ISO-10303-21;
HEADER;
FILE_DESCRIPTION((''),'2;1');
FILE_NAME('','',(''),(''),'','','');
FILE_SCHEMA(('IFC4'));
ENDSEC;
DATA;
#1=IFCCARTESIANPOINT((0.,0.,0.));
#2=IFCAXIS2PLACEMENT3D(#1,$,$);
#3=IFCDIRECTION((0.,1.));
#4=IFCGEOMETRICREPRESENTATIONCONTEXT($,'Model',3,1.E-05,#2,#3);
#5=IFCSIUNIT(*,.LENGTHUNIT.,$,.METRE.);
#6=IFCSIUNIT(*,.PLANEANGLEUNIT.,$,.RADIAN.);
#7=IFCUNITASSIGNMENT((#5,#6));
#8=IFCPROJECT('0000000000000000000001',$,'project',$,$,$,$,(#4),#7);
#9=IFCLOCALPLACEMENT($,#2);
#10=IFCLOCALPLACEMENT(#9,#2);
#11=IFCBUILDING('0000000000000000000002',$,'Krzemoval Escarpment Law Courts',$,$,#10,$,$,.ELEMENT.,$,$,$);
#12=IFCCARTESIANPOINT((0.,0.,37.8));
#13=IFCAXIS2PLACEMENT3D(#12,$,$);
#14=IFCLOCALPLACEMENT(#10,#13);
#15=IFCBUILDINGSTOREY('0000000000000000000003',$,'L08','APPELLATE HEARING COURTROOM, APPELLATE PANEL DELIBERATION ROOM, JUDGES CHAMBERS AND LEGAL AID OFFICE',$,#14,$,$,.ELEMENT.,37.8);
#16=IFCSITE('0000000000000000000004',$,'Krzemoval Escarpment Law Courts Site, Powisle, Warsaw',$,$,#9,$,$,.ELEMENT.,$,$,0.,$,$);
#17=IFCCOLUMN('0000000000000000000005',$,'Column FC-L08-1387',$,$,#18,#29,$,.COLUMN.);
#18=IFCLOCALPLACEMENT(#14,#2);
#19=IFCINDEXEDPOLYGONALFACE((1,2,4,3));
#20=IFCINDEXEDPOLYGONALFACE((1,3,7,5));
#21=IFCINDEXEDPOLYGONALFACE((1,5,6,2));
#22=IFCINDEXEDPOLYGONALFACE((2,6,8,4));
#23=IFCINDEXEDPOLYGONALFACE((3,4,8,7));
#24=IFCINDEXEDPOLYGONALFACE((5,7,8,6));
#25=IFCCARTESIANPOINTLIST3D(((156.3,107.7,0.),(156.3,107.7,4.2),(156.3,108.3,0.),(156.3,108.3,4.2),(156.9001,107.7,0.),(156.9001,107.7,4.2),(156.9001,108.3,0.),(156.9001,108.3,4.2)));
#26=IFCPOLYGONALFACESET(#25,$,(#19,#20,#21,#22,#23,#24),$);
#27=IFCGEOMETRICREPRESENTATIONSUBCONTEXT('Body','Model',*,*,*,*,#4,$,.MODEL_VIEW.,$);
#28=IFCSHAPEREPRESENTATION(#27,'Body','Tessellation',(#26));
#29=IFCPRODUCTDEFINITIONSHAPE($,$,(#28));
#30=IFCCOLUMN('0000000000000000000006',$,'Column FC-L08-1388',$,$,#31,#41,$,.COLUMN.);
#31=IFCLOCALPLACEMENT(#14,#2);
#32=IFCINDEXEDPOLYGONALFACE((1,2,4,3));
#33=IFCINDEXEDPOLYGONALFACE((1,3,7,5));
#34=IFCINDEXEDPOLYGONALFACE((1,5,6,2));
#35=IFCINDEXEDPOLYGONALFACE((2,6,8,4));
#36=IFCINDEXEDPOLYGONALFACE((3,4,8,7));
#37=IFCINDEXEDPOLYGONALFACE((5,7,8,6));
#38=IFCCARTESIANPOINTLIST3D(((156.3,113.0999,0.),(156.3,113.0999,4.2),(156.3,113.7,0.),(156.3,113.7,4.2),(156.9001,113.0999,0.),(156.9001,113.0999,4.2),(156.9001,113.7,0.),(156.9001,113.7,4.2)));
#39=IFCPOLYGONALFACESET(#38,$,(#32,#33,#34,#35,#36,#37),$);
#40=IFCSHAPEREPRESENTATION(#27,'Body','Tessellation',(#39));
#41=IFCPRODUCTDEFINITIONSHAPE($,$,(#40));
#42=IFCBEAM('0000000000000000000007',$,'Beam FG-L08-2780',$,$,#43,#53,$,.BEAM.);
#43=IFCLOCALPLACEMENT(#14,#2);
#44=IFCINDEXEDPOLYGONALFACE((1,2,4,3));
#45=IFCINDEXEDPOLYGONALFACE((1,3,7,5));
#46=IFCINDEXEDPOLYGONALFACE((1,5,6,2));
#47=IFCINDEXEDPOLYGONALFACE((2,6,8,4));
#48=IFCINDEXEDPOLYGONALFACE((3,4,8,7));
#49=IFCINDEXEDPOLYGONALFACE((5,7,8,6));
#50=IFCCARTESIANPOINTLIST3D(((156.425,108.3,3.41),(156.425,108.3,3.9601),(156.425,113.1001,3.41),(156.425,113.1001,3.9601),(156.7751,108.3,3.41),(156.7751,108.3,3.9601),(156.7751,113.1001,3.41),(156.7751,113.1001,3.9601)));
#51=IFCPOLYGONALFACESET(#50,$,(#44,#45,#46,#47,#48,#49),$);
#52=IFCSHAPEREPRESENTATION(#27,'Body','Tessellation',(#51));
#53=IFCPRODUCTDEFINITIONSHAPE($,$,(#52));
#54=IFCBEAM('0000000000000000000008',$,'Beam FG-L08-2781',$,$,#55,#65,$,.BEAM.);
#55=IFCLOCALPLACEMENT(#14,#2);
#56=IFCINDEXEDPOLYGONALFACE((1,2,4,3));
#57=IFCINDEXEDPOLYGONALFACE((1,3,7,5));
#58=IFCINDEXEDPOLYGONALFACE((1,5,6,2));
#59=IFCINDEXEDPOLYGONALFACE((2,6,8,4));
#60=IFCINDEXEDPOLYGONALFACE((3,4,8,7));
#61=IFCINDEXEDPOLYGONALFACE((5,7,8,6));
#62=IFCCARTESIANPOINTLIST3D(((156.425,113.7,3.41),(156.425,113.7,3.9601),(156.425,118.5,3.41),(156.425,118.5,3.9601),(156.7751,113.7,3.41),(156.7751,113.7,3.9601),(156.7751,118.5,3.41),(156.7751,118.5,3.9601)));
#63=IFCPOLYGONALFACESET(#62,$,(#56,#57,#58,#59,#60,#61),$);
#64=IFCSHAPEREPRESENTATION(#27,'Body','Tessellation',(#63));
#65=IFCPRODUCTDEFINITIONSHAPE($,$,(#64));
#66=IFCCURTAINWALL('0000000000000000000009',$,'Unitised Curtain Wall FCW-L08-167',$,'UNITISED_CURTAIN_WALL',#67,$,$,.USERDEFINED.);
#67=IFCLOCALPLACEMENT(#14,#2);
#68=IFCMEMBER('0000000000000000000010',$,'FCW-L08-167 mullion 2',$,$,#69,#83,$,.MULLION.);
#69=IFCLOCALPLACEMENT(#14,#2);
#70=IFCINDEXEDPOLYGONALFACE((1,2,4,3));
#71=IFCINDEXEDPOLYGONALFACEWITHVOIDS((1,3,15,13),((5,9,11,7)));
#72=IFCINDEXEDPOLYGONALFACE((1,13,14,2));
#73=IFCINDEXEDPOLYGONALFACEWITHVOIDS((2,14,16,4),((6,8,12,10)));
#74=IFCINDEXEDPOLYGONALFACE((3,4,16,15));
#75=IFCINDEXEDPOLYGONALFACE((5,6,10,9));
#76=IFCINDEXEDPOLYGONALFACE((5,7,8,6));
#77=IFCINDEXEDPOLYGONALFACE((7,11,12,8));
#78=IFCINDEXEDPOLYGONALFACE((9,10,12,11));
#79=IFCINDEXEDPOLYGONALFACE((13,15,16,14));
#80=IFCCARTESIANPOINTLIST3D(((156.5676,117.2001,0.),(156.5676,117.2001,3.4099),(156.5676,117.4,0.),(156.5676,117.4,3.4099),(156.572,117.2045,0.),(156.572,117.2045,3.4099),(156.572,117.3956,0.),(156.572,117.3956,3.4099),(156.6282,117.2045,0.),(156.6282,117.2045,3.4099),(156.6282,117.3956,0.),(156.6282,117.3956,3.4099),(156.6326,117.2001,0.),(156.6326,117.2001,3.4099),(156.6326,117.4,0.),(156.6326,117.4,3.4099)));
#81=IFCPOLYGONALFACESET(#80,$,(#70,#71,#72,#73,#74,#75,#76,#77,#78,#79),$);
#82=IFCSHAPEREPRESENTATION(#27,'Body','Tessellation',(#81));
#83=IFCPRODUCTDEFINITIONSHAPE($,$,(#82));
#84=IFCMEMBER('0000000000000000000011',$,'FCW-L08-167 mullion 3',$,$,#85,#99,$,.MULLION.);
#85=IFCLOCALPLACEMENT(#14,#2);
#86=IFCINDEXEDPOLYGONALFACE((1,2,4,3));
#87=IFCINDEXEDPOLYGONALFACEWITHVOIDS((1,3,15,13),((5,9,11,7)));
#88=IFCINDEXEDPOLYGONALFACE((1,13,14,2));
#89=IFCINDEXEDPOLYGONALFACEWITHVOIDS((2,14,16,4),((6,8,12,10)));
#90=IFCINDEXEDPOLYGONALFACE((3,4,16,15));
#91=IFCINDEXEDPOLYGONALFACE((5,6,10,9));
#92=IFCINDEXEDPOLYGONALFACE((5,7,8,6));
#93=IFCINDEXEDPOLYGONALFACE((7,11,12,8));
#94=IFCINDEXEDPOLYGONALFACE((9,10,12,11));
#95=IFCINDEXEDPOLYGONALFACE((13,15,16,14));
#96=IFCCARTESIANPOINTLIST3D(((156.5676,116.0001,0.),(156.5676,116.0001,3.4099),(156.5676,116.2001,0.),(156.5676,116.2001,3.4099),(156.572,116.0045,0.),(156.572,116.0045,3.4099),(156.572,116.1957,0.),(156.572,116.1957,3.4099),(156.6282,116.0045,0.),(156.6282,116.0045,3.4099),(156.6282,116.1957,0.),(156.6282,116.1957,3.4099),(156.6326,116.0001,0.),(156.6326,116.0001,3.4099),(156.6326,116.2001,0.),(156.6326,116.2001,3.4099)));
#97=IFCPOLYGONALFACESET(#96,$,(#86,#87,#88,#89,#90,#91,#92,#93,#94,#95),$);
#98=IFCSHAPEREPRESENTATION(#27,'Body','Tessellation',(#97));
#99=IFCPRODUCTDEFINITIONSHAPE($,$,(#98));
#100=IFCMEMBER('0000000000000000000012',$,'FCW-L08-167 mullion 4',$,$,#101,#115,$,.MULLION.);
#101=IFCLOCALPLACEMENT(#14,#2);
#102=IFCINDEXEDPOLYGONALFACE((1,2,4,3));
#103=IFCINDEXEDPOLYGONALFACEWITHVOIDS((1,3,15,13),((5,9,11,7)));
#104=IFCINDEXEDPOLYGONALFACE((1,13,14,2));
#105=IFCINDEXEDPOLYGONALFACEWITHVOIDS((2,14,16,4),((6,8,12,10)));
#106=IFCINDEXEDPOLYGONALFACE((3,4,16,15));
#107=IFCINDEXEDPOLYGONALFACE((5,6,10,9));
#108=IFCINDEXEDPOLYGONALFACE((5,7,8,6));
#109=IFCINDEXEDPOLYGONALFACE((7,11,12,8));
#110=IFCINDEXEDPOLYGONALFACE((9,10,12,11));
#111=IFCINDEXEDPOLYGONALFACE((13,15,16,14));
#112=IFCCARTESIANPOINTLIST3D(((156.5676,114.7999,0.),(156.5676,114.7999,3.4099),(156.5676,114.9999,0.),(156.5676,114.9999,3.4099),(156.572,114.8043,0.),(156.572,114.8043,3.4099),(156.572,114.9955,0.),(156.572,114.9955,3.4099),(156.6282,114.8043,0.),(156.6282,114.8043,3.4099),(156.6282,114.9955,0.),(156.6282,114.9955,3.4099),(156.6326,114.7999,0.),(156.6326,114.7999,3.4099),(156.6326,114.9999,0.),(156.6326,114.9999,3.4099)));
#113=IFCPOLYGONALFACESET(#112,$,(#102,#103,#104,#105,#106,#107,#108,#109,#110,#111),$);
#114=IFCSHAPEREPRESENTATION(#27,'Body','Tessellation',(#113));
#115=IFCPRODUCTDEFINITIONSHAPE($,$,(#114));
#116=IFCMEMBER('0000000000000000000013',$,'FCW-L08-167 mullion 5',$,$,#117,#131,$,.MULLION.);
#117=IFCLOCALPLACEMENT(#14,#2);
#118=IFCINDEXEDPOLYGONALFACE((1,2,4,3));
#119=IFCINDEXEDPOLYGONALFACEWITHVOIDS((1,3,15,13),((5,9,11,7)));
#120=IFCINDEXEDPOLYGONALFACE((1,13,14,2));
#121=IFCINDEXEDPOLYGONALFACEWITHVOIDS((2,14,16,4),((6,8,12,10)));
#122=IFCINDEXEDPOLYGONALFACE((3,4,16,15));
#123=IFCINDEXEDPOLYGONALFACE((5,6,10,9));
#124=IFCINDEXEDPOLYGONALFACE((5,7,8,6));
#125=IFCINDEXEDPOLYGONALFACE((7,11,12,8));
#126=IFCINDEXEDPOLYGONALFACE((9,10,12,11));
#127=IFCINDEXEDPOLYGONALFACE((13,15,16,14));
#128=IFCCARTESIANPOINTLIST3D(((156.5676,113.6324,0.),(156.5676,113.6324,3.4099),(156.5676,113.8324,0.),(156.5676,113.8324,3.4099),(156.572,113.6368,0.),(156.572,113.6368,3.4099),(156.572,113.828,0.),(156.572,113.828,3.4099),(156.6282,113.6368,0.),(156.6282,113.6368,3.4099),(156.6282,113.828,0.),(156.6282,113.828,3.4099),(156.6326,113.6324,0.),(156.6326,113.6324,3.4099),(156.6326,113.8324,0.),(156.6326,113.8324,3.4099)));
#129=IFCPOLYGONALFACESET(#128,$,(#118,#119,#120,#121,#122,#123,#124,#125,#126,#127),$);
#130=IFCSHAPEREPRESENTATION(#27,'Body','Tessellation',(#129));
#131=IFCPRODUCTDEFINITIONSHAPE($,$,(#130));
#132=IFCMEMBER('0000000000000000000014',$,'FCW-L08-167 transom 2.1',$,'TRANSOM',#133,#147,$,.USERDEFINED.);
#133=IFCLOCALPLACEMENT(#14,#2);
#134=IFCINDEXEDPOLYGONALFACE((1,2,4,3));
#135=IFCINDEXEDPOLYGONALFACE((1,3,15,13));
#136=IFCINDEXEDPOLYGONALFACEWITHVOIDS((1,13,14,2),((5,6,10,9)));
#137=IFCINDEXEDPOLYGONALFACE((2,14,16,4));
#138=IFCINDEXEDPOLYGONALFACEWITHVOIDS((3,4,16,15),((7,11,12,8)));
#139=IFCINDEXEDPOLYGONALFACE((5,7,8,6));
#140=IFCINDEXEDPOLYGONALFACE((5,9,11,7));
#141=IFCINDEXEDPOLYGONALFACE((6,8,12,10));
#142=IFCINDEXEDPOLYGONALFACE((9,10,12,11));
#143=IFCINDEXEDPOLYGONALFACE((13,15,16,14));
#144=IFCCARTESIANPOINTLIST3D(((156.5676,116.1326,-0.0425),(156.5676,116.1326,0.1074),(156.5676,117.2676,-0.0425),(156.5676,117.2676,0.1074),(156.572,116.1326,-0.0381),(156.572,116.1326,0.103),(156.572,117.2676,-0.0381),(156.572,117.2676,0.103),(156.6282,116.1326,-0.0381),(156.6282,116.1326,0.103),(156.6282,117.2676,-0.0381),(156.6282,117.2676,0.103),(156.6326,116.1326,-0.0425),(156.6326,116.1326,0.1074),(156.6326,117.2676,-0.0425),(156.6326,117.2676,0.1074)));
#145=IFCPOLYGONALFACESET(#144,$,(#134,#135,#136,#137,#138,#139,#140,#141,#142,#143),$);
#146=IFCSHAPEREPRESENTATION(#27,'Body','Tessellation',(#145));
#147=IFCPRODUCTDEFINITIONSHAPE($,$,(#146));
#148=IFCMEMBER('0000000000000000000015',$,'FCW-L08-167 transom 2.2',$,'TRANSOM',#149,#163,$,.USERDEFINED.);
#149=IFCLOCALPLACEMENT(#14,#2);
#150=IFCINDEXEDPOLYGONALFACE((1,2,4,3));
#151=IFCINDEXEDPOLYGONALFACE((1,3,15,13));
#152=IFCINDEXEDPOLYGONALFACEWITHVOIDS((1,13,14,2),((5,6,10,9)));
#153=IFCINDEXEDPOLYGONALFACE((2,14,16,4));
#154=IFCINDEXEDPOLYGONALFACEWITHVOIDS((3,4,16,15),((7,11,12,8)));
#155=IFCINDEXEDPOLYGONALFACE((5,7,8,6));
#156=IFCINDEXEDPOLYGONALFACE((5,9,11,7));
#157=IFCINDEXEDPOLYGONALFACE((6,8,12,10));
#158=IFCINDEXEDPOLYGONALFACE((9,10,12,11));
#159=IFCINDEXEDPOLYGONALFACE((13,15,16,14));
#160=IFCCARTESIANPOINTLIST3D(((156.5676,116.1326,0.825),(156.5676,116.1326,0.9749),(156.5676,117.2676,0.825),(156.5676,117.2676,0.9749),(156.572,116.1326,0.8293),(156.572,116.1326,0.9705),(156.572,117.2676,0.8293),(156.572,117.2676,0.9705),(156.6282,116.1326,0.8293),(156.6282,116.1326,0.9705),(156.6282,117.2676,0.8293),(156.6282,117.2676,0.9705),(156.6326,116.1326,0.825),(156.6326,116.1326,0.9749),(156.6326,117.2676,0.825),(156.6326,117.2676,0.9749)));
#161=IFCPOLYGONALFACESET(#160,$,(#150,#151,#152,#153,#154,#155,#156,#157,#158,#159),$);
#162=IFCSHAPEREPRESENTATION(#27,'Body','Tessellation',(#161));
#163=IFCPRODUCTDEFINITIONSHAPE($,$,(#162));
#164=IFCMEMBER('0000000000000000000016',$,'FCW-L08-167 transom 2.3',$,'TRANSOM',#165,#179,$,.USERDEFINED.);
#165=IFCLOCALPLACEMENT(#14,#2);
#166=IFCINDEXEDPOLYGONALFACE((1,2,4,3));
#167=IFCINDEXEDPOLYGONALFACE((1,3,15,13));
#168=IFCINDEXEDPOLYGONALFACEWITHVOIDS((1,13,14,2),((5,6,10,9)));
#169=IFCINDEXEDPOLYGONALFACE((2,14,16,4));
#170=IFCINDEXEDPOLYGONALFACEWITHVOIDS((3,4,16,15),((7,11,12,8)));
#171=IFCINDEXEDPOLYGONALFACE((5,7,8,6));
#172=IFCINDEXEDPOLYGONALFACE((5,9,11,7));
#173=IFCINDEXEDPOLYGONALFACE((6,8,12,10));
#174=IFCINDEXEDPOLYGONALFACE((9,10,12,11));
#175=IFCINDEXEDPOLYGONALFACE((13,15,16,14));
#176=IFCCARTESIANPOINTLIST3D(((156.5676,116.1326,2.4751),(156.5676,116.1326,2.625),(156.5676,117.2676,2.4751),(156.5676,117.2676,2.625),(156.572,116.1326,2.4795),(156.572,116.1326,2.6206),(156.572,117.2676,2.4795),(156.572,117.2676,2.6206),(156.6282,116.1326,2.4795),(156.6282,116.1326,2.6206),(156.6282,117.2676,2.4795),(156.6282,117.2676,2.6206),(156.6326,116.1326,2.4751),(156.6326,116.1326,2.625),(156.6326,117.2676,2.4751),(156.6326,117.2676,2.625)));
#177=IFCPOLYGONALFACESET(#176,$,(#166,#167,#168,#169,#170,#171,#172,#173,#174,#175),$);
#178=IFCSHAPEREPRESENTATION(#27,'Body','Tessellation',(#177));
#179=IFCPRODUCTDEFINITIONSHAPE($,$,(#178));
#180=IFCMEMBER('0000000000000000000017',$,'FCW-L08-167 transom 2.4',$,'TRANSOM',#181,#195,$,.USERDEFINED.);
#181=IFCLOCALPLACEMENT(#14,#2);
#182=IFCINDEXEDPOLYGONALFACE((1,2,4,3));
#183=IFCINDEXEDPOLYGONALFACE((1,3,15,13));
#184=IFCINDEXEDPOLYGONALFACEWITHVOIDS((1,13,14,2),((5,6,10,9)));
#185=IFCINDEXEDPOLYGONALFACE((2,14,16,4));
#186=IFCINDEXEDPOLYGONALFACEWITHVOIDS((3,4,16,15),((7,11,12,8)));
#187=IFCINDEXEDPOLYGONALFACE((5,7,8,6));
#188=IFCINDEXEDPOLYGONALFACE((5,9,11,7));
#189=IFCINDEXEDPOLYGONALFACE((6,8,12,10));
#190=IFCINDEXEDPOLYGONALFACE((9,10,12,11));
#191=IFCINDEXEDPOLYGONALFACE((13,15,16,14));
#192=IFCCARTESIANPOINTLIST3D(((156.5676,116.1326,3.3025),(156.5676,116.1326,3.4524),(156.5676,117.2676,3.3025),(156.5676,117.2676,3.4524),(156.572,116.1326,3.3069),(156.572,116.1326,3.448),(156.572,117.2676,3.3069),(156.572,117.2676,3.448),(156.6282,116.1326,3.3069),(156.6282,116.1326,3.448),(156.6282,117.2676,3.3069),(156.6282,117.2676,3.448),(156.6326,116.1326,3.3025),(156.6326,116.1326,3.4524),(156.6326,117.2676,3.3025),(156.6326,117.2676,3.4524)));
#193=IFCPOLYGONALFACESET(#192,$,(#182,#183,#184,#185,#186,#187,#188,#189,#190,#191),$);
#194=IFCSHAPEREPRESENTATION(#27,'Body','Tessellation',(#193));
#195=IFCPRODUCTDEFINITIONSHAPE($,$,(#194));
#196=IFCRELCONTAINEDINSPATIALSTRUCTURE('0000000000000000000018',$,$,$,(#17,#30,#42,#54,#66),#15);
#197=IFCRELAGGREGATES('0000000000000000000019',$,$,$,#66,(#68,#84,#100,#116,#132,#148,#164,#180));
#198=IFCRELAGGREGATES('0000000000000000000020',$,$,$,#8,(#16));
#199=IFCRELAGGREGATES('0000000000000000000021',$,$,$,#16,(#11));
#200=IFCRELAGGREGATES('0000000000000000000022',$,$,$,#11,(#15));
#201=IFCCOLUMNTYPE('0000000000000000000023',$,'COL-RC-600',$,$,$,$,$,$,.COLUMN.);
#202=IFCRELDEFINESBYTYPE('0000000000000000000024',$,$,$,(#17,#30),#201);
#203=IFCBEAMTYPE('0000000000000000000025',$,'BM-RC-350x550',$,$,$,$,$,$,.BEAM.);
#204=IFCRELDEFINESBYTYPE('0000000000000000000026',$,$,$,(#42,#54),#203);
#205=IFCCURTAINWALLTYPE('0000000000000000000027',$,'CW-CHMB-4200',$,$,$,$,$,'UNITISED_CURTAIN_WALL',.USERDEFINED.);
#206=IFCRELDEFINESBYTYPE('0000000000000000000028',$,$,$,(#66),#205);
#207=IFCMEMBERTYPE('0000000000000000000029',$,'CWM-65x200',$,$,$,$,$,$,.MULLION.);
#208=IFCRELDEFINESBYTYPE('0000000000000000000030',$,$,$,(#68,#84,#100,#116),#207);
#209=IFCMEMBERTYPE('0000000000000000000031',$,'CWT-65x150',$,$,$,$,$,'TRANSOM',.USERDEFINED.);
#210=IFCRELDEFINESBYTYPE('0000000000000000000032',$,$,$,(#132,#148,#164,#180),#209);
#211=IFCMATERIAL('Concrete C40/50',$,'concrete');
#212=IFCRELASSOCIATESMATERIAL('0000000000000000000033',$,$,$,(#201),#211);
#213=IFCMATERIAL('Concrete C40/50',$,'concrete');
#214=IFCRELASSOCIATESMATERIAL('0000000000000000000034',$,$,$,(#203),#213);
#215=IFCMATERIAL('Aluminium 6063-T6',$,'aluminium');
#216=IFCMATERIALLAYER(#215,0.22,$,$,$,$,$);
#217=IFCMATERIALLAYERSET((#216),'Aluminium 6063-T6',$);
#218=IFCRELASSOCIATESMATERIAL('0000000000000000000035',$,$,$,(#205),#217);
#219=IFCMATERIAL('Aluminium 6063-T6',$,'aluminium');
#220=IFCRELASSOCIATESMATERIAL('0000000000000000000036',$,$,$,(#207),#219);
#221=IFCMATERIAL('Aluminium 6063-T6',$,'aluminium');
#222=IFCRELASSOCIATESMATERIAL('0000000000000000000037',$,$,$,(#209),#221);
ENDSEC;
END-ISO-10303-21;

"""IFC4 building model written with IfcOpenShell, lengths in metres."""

from ifc_helpers import new_model, si_unit, direction, frame, origin, origin_2d, place, context, subcontext, project, spatial, rectangle, hollow_rectangle, extrude, material, layer, layer_set, material_profile, profile_set, type_object, element, aggregate, save


model = new_model("IFC4")

# Units and contexts
model_context = context("Model", 3, precision=1e-05, world=origin(), true_north=direction((0.0, 1.0)))
body_context = subcontext(model_context, "Body", "Model", "MODEL_VIEW")
ifc_project = project(units=[si_unit("LENGTHUNIT", "METRE"), si_unit("PLANEANGLEUNIT", "RADIAN")], contexts=[model_context])

# Site, building, storey
site_placement = place(None, origin())
site = spatial("IfcSite", under=ifc_project, at=site_placement, Name="Krzemoval Escarpment Law Courts Site, Powisle, Warsaw", CompositionType="ELEMENT", RefElevation=0.0)
building_placement = place(site_placement, origin())
building = spatial("IfcBuilding", under=site, at=building_placement, Name="Krzemoval Escarpment Law Courts", CompositionType="ELEMENT")
storey_placement = place(building_placement, frame((0.0, 0.0, 37.8)))
storey = spatial("IfcBuildingStorey", under=building, at=storey_placement, Name="L08", Description="APPELLATE HEARING COURTROOM, APPELLATE PANEL DELIBERATION ROOM, JUDGES CHAMBERS AND LEGAL AID OFFICE", CompositionType="ELEMENT", Elevation=37.8)

# Columns
ifc_material_1 = material(Name="Concrete C40/50", Category="concrete")
ifc_material_profile_1 = material_profile(ifc_material_1, rectangle(XDim=0.6001, YDim=0.6001, at=origin_2d()), Name="RC 600x600")
ifc_profile_set_1 = profile_set([ifc_material_profile_1], Name="Concrete C40/50")
column_type = type_object("IfcColumnType", Name="COL-RC-600", PredefinedType="COLUMN", material=ifc_profile_set_1)
for number, where, z_axis, x_axis, name in (
    (1, (156.6001, 108.0, 0.0), (0.0, 0.0, 1.0), (1.0, 0.0, 0.0), "Column FC-L08-1387"),
    (2, (156.6001, 113.3999, 0.0), (0.0, 0.0, 1.0), (1.0, 0.0, 0.0), "Column FC-L08-1388"),
):
    element("IfcColumn", number, at=place(storey_placement, frame(where, z_axis=z_axis, x_axis=x_axis)), inside=storey, type_object=column_type, Name=name, PredefinedType="COLUMN", context=body_context, shape_type="SweptSolid", body=[
        extrude(rectangle(XDim=0.6001, YDim=0.6001, at=origin_2d()), origin(), (0.0, 0.0, 1.0), 4.2),
    ])

# Beams
ifc_material_2 = material(Name="Concrete C40/50", Category="concrete")
ifc_material_profile_2 = material_profile(ifc_material_2, rectangle(XDim=0.3501, YDim=0.55, at=origin_2d()), Name="RCB 350x550")
ifc_profile_set_2 = profile_set([ifc_material_profile_2], Name="Concrete C40/50")
beam_type = type_object("IfcBeamType", Name="BM-RC-350x550", PredefinedType="BEAM", material=ifc_profile_set_2)
for number, where, z_axis, x_axis, name in (
    (3, (156.6001, 108.3, 3.6851), (0.0, 1.0, 0.0), (-1.0, 0.0, 0.0), "Beam FG-L08-2780"),
    (4, (156.6001, 113.7, 3.6851), (0.0, 1.0, 0.0), (-1.0, 0.0, 0.0), "Beam FG-L08-2781"),
):
    element("IfcBeam", number, at=place(storey_placement, frame(where, z_axis=z_axis, x_axis=x_axis)), inside=storey, type_object=beam_type, Name=name, PredefinedType="BEAM", context=body_context, shape_type="SweptSolid", body=[
        extrude(rectangle(XDim=0.3501, YDim=0.55, at=origin_2d()), origin(), (0.0, 0.0, 1.0), 4.8),
    ])

# Curtain wall, members
ifc_material_3 = material(Name="Aluminium 6063-T6", Category="aluminium")
ifc_layer_1 = layer(ifc_material_3, 0.22)
ifc_layer_set_1 = layer_set([ifc_layer_1], Name="Aluminium 6063-T6")
curtain_wall_type = type_object("IfcCurtainWallType", Name="CW-CHMB-4200", ElementType="UNITISED_CURTAIN_WALL", PredefinedType="USERDEFINED", material=ifc_layer_set_1)
curtain_wall_placement = place(storey_placement, origin())
curtain_wall = element("IfcCurtainWall", 5, at=curtain_wall_placement, inside=storey, type_object=curtain_wall_type, Name="Unitised Curtain Wall FCW-L08-167", ObjectType="UNITISED_CURTAIN_WALL", PredefinedType="USERDEFINED")
ifc_material_4 = material(Name="Aluminium 6063-T6", Category="aluminium")
ifc_material_profile_3 = material_profile(ifc_material_4, hollow_rectangle(XDim=0.0649, YDim=0.2, WallThickness=0.0044, at=origin_2d()), Name="ALU M65x200")
ifc_profile_set_3 = profile_set([ifc_material_profile_3], Name="Aluminium 6063-T6")
member_type_1 = type_object("IfcMemberType", Name="CWM-65x200", PredefinedType="MULLION", material=ifc_profile_set_3)
member_1_placement = place(storey_placement, frame((156.6001, 117.3, 0.0), z_axis=(0.0, 0.0, 1.0), x_axis=(1.0, 0.0, 0.0)))
member_1 = element("IfcMember", 6, at=member_1_placement, type_object=member_type_1, Name="FCW-L08-167 mullion 2", PredefinedType="MULLION", context=body_context, shape_type="SweptSolid", body=[
    extrude(hollow_rectangle(XDim=0.0649, YDim=0.2, WallThickness=0.0044, at=origin_2d()), origin(), (0.0, 0.0, 1.0), 3.4099),
])
member_2_placement = place(storey_placement, frame((156.6001, 116.1001, 0.0), z_axis=(0.0, 0.0, 1.0), x_axis=(1.0, 0.0, 0.0)))
member_2 = element("IfcMember", 7, at=member_2_placement, type_object=member_type_1, Name="FCW-L08-167 mullion 3", PredefinedType="MULLION", context=body_context, shape_type="SweptSolid", body=[
    extrude(hollow_rectangle(XDim=0.0649, YDim=0.2, WallThickness=0.0044, at=origin_2d()), origin(), (0.0, 0.0, 1.0), 3.4099),
])
member_3_placement = place(storey_placement, frame((156.6001, 114.8999, 0.0), z_axis=(0.0, 0.0, 1.0), x_axis=(1.0, 0.0, 0.0)))
member_3 = element("IfcMember", 8, at=member_3_placement, type_object=member_type_1, Name="FCW-L08-167 mullion 4", PredefinedType="MULLION", context=body_context, shape_type="SweptSolid", body=[
    extrude(hollow_rectangle(XDim=0.0649, YDim=0.2, WallThickness=0.0044, at=origin_2d()), origin(), (0.0, 0.0, 1.0), 3.4099),
])
member_4_placement = place(storey_placement, frame((156.6001, 113.7324, 0.0), z_axis=(0.0, 0.0, 1.0), x_axis=(1.0, 0.0, 0.0)))
member_4 = element("IfcMember", 9, at=member_4_placement, type_object=member_type_1, Name="FCW-L08-167 mullion 5", PredefinedType="MULLION", context=body_context, shape_type="SweptSolid", body=[
    extrude(hollow_rectangle(XDim=0.0649, YDim=0.2, WallThickness=0.0044, at=origin_2d()), origin(), (0.0, 0.0, 1.0), 3.4099),
])
ifc_material_5 = material(Name="Aluminium 6063-T6", Category="aluminium")
ifc_material_profile_4 = material_profile(ifc_material_5, hollow_rectangle(XDim=0.0649, YDim=0.1499, WallThickness=0.0044, at=origin_2d()), Name="ALU T65x150")
ifc_profile_set_4 = profile_set([ifc_material_profile_4], Name="Aluminium 6063-T6")
member_type_2 = type_object("IfcMemberType", Name="CWT-65x150", ElementType="TRANSOM", PredefinedType="USERDEFINED", material=ifc_profile_set_4)
member_5_placement = place(storey_placement, frame((156.6001, 117.2676, 0.0325), z_axis=(0.0, -1.0, 0.0), x_axis=(1.0, 0.0, 0.0)))
member_5 = element("IfcMember", 10, at=member_5_placement, type_object=member_type_2, Name="FCW-L08-167 transom 2.1", ObjectType="TRANSOM", PredefinedType="USERDEFINED", context=body_context, shape_type="SweptSolid", body=[
    extrude(hollow_rectangle(XDim=0.0649, YDim=0.1499, WallThickness=0.0044, at=origin_2d()), origin(), (0.0, 0.0, 1.0), 1.135),
])
member_6_placement = place(storey_placement, frame((156.6001, 117.2676, 0.8999), z_axis=(0.0, -1.0, 0.0), x_axis=(1.0, 0.0, 0.0)))
member_6 = element("IfcMember", 11, at=member_6_placement, type_object=member_type_2, Name="FCW-L08-167 transom 2.2", ObjectType="TRANSOM", PredefinedType="USERDEFINED", context=body_context, shape_type="SweptSolid", body=[
    extrude(hollow_rectangle(XDim=0.0649, YDim=0.1499, WallThickness=0.0044, at=origin_2d()), origin(), (0.0, 0.0, 1.0), 1.135),
])
member_7_placement = place(storey_placement, frame((156.6001, 117.2676, 2.55), z_axis=(0.0, -1.0, 0.0), x_axis=(1.0, 0.0, 0.0)))
member_7 = element("IfcMember", 12, at=member_7_placement, type_object=member_type_2, Name="FCW-L08-167 transom 2.3", ObjectType="TRANSOM", PredefinedType="USERDEFINED", context=body_context, shape_type="SweptSolid", body=[
    extrude(hollow_rectangle(XDim=0.0649, YDim=0.1499, WallThickness=0.0044, at=origin_2d()), origin(), (0.0, 0.0, 1.0), 1.135),
])
member_8_placement = place(storey_placement, frame((156.6001, 117.2676, 3.3774), z_axis=(0.0, -1.0, 0.0), x_axis=(1.0, 0.0, 0.0)))
member_8 = element("IfcMember", 13, at=member_8_placement, type_object=member_type_2, Name="FCW-L08-167 transom 2.4", ObjectType="TRANSOM", PredefinedType="USERDEFINED", context=body_context, shape_type="SweptSolid", body=[
    extrude(hollow_rectangle(XDim=0.0649, YDim=0.1499, WallThickness=0.0044, at=origin_2d()), origin(), (0.0, 0.0, 1.0), 1.135),
])

aggregate(curtain_wall, [member_1, member_2, member_3, member_4, member_5, member_6, member_7, member_8])

save(model, "model.ifc")
